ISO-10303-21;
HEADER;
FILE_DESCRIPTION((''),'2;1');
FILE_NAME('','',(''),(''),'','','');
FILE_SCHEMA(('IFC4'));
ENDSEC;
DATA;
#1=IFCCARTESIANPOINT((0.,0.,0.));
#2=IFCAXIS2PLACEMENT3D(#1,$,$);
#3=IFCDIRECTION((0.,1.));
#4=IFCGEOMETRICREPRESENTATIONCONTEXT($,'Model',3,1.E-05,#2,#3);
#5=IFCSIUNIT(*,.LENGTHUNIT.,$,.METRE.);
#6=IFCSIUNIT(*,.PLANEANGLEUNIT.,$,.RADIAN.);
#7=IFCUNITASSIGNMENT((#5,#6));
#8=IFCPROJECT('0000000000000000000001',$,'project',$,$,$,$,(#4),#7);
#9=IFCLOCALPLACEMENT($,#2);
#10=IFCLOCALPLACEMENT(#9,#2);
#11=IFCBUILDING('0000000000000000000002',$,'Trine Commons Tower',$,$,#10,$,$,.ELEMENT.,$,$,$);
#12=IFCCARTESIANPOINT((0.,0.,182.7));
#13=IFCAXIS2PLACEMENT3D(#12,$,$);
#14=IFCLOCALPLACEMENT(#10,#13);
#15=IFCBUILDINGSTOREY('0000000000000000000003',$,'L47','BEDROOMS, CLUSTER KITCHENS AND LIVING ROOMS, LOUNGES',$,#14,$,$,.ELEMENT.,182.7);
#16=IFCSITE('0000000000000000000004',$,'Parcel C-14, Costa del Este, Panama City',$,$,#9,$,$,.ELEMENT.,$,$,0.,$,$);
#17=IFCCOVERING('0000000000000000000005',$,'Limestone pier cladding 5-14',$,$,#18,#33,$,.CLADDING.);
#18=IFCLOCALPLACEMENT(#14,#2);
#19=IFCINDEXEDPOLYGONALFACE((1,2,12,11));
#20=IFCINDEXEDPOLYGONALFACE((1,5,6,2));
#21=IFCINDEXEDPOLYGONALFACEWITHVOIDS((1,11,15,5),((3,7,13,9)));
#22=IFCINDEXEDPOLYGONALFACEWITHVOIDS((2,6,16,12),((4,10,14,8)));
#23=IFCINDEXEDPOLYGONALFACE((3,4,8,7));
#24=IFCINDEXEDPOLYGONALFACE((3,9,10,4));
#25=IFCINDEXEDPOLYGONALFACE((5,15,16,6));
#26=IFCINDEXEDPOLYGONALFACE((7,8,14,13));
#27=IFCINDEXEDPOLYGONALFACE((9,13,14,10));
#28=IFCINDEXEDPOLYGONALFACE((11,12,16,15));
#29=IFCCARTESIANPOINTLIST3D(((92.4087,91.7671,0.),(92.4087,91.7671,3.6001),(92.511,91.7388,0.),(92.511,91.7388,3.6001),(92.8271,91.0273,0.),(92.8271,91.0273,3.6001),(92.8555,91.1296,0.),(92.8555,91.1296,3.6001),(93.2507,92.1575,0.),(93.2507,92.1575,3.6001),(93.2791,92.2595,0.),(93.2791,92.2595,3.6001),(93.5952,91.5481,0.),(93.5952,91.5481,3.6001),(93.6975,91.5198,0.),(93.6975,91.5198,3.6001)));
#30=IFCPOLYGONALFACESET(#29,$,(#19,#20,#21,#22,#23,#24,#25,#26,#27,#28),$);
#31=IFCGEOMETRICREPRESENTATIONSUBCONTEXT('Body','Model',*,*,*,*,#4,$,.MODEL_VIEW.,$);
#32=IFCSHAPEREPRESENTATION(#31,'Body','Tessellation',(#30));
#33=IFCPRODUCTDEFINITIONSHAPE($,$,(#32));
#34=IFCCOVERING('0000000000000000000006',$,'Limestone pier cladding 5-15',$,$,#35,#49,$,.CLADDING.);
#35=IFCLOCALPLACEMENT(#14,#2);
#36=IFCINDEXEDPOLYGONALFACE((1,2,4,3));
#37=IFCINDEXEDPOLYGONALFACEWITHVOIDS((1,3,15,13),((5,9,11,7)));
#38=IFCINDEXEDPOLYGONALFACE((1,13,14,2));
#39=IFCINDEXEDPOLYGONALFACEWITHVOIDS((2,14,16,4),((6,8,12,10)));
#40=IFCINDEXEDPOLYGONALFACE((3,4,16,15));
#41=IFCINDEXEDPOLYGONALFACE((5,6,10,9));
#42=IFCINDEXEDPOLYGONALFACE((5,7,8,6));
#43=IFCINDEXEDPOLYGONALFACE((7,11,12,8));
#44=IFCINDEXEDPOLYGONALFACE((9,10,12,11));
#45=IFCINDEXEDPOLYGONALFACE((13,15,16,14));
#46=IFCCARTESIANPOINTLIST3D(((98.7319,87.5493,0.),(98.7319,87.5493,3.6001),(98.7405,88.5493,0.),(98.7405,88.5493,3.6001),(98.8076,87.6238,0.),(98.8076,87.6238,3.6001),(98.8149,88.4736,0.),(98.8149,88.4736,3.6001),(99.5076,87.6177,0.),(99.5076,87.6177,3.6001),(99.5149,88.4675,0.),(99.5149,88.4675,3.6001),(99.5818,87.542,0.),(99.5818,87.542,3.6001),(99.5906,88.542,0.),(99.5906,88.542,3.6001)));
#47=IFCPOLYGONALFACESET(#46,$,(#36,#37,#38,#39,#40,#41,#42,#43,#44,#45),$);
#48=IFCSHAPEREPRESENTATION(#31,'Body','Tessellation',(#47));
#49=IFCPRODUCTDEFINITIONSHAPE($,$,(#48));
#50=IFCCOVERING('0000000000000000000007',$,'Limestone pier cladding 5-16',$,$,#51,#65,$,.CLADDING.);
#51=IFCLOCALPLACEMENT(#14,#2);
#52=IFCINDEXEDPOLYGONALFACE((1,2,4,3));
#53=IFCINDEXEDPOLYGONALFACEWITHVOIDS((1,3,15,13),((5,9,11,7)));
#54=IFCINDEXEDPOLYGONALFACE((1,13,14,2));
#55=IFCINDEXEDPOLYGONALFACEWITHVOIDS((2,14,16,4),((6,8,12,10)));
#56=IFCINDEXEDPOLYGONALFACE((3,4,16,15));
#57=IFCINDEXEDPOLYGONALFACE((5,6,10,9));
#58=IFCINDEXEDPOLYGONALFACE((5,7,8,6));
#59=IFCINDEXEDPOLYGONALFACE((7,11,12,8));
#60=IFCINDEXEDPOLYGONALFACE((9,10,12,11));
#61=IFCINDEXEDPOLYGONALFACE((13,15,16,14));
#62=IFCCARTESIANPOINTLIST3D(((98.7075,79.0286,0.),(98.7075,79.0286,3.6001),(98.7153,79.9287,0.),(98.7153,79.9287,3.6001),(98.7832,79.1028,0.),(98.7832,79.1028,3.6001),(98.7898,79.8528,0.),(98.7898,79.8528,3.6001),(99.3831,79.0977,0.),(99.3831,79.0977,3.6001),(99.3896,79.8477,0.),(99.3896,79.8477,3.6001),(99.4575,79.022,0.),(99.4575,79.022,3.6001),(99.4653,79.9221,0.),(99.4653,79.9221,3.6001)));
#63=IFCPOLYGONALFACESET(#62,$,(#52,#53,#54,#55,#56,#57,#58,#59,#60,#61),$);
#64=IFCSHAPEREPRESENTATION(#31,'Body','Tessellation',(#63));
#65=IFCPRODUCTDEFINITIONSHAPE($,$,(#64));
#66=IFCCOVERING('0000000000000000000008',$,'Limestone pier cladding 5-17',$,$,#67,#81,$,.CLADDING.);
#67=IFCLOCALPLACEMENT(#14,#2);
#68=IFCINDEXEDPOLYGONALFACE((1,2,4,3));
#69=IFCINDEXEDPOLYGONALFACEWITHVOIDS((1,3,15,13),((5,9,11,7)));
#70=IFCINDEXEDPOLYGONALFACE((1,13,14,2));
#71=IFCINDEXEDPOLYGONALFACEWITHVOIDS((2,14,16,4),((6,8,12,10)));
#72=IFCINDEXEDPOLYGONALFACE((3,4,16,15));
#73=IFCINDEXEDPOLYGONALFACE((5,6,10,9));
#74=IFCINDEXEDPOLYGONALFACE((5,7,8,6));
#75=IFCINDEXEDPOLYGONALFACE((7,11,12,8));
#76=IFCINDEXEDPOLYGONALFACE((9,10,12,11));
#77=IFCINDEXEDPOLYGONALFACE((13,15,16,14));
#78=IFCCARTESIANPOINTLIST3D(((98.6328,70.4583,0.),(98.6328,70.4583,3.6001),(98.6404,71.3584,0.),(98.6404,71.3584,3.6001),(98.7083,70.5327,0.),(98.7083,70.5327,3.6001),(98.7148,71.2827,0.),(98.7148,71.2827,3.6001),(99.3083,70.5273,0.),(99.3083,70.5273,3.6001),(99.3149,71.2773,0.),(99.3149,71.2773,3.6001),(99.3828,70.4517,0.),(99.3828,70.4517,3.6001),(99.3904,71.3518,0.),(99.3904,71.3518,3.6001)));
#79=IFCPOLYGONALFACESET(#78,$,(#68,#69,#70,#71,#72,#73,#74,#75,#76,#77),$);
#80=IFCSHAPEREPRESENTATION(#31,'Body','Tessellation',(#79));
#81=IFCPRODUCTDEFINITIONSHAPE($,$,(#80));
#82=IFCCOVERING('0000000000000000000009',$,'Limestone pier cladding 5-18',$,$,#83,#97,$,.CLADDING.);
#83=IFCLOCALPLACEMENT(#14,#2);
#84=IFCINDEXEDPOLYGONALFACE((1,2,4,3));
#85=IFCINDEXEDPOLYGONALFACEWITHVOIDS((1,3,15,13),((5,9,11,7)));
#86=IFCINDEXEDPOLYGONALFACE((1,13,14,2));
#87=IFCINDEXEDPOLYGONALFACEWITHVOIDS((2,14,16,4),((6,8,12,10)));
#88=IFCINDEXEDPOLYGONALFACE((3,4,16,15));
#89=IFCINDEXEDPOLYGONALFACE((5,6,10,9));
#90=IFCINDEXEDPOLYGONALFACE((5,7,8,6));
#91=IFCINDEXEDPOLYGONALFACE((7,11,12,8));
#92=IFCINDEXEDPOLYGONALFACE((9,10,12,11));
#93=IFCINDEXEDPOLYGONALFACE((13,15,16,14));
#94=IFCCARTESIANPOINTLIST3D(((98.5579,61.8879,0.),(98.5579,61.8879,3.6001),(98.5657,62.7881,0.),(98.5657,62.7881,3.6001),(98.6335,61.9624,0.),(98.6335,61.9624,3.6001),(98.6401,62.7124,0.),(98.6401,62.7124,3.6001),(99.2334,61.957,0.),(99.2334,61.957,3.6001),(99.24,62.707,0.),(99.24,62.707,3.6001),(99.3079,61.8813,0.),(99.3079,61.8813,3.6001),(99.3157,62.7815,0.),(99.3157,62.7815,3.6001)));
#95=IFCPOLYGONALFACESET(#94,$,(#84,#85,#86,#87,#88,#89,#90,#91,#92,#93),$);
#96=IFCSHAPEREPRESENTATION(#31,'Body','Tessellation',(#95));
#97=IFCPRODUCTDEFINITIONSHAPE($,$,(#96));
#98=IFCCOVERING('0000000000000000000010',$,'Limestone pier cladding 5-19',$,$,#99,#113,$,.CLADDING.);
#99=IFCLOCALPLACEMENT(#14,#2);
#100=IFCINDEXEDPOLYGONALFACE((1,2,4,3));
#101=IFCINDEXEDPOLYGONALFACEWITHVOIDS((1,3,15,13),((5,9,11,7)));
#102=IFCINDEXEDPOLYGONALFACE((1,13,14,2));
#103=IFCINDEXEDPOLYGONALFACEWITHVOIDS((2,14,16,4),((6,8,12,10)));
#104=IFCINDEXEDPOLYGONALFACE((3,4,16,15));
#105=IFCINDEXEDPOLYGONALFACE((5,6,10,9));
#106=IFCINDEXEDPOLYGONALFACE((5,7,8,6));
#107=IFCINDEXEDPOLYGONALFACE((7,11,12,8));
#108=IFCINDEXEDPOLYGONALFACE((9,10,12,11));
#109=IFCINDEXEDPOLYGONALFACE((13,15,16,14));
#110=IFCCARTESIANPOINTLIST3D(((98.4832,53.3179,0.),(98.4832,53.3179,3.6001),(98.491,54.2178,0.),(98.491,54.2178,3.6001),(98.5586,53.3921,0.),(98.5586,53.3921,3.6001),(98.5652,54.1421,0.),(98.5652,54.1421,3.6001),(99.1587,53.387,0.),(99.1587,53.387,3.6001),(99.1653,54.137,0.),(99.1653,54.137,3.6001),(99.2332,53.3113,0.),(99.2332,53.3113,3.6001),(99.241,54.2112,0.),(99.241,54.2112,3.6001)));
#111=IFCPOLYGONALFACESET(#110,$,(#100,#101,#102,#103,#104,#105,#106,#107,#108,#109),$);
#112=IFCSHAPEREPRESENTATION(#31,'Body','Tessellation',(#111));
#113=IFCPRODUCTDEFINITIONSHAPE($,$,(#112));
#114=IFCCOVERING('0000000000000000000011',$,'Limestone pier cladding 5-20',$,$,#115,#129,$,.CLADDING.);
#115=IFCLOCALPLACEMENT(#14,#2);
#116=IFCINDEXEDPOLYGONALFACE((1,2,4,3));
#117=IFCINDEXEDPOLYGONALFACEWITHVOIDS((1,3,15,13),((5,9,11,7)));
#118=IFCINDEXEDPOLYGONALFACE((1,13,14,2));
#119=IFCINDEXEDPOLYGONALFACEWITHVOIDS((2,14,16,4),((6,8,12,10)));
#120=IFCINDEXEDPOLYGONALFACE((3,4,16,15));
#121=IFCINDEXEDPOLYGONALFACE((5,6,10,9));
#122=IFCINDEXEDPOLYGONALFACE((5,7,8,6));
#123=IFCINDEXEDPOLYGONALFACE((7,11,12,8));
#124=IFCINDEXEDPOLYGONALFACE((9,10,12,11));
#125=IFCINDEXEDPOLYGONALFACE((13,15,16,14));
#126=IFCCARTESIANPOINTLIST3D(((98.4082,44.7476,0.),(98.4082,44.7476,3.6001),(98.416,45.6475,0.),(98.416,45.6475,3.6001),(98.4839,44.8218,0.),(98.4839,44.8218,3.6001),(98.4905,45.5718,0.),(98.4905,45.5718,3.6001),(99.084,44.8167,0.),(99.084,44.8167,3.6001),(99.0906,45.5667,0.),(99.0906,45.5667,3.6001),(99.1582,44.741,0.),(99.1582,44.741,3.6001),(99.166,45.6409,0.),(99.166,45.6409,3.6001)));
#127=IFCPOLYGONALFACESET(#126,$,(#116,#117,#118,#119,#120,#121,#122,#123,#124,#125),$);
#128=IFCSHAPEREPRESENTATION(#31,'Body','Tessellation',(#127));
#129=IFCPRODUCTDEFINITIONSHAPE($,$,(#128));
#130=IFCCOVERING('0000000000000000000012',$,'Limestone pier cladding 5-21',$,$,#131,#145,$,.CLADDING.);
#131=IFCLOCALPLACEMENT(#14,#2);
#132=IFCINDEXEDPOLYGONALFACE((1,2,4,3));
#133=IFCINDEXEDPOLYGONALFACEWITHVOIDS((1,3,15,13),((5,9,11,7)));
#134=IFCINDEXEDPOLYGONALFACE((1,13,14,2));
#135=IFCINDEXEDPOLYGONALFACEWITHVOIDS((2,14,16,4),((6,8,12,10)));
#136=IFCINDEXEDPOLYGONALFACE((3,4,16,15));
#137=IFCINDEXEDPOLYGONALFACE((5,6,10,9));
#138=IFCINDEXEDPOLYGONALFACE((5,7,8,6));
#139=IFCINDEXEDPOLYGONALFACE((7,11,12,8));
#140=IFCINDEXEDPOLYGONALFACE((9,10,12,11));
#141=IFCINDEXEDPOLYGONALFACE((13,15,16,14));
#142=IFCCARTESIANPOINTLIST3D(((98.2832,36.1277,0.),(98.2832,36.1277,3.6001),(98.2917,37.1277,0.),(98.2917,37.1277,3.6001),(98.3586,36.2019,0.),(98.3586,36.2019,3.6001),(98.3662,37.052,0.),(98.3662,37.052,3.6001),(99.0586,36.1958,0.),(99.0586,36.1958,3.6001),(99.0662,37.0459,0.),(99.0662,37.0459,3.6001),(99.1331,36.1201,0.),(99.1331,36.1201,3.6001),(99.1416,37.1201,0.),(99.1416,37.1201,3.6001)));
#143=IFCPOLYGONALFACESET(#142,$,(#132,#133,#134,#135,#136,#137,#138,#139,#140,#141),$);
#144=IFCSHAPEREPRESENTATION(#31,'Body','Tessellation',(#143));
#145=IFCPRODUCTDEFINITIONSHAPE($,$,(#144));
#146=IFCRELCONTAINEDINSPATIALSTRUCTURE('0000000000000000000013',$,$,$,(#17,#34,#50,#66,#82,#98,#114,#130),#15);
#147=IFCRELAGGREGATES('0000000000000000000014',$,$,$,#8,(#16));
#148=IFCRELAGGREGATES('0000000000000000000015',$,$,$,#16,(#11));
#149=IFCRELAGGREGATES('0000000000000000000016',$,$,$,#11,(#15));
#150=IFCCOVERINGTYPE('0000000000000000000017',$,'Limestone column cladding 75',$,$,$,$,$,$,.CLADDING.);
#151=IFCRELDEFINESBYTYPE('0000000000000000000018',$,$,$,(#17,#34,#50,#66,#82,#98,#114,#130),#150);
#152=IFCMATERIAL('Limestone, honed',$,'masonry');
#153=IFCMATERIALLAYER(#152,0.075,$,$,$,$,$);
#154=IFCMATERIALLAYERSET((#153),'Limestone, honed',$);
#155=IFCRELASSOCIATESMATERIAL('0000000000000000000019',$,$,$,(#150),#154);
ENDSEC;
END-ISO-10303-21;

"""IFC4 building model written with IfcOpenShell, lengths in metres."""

from ifc_helpers import new_model, si_unit, direction, frame, origin, place, context, subcontext, project, spatial, polyline, outline, extrude, material, layer, layer_set, type_object, element, save


model = new_model("IFC4")

# Units and contexts
model_context = context("Model", 3, precision=1e-05, world=origin(), true_north=direction((0.0, 1.0)))
body_context = subcontext(model_context, "Body", "Model", "MODEL_VIEW")
ifc_project = project(units=[si_unit("LENGTHUNIT", "METRE"), si_unit("PLANEANGLEUNIT", "RADIAN")], contexts=[model_context])

# Site, building, storey
site_placement = place(None, origin())
site = spatial("IfcSite", under=ifc_project, at=site_placement, Name="Parcel C-14, Costa del Este, Panama City", CompositionType="ELEMENT", RefElevation=0.0)
building_placement = place(site_placement, origin())
building = spatial("IfcBuilding", under=site, at=building_placement, Name="Trine Commons Tower", CompositionType="ELEMENT")
storey_placement = place(building_placement, frame((0.0, 0.0, 182.7)))
storey = spatial("IfcBuildingStorey", under=building, at=storey_placement, Name="L47", Description="BEDROOMS, CLUSTER KITCHENS AND LIVING ROOMS, LOUNGES", CompositionType="ELEMENT", Elevation=182.7)

# Coverings
ifc_material_1 = material(Name="Limestone, honed", Category="masonry")
ifc_layer_1 = layer(ifc_material_1, 0.075)
ifc_layer_set_1 = layer_set([ifc_layer_1], Name="Limestone, honed")
covering_type_1 = type_object("IfcCoveringType", Name="Limestone column cladding 75", PredefinedType="CLADDING", material=ifc_layer_set_1)
covering_1_placement = place(storey_placement, origin())
element("IfcCovering", 1, at=covering_1_placement, inside=storey, type_object=covering_type_1, Name="Limestone pier cladding 5-14", PredefinedType="CLADDING", context=body_context, shape_type="SweptSolid", body=[
    extrude(outline(polyline([(93.6975, 91.5198), (93.2791, 92.2595), (92.4087, 91.7671), (92.8271, 91.0273), (93.6975, 91.5198)]), holes=[polyline([(93.5952, 91.5481), (93.2507, 92.1575), (92.511, 91.7388), (92.8555, 91.1296), (93.5952, 91.5481)])]), origin(), (0.0, 0.0, 1.0), 3.6001),
])
covering_2_placement = place(storey_placement, origin())
element("IfcCovering", 2, at=covering_2_placement, inside=storey, type_object=covering_type_1, Name="Limestone pier cladding 5-15", PredefinedType="CLADDING", context=body_context, shape_type="SweptSolid", body=[
    extrude(outline(polyline([(99.5906, 88.542), (98.7405, 88.5493), (98.7319, 87.5493), (99.5818, 87.542), (99.5906, 88.542)]), holes=[polyline([(99.5149, 88.4675), (98.8149, 88.4736), (98.8076, 87.6238), (99.5076, 87.6177), (99.5149, 88.4675)])]), origin(), (0.0, 0.0, 1.0), 3.6001),
])
covering_3_placement = place(storey_placement, origin())
element("IfcCovering", 3, at=covering_3_placement, inside=storey, type_object=covering_type_1, Name="Limestone pier cladding 5-16", PredefinedType="CLADDING", context=body_context, shape_type="SweptSolid", body=[
    extrude(outline(polyline([(99.4653, 79.9221), (98.7153, 79.9287), (98.7075, 79.0286), (99.4575, 79.022), (99.4653, 79.9221)]), holes=[polyline([(99.3896, 79.8477), (98.7898, 79.8528), (98.7832, 79.1028), (99.3831, 79.0977), (99.3896, 79.8477)])]), origin(), (0.0, 0.0, 1.0), 3.6001),
])
covering_4_placement = place(storey_placement, origin())
element("IfcCovering", 4, at=covering_4_placement, inside=storey, type_object=covering_type_1, Name="Limestone pier cladding 5-17", PredefinedType="CLADDING", context=body_context, shape_type="SweptSolid", body=[
    extrude(outline(polyline([(99.3904, 71.3518), (98.6404, 71.3584), (98.6328, 70.4583), (99.3828, 70.4517), (99.3904, 71.3518)]), holes=[polyline([(99.3149, 71.2773), (98.7148, 71.2827), (98.7083, 70.5327), (99.3083, 70.5273), (99.3149, 71.2773)])]), origin(), (0.0, 0.0, 1.0), 3.6001),
])
covering_5_placement = place(storey_placement, origin())
element("IfcCovering", 5, at=covering_5_placement, inside=storey, type_object=covering_type_1, Name="Limestone pier cladding 5-18", PredefinedType="CLADDING", context=body_context, shape_type="SweptSolid", body=[
    extrude(outline(polyline([(99.3157, 62.7815), (98.5657, 62.7881), (98.5579, 61.8879), (99.3079, 61.8813), (99.3157, 62.7815)]), holes=[polyline([(99.24, 62.707), (98.6401, 62.7124), (98.6335, 61.9624), (99.2334, 61.957), (99.24, 62.707)])]), origin(), (0.0, 0.0, 1.0), 3.6001),
])
covering_6_placement = place(storey_placement, origin())
element("IfcCovering", 6, at=covering_6_placement, inside=storey, type_object=covering_type_1, Name="Limestone pier cladding 5-19", PredefinedType="CLADDING", context=body_context, shape_type="SweptSolid", body=[
    extrude(outline(polyline([(99.241, 54.2112), (98.491, 54.2178), (98.4832, 53.3179), (99.2332, 53.3113), (99.241, 54.2112)]), holes=[polyline([(99.1653, 54.137), (98.5652, 54.1421), (98.5586, 53.3921), (99.1587, 53.387), (99.1653, 54.137)])]), origin(), (0.0, 0.0, 1.0), 3.6001),
])
covering_7_placement = place(storey_placement, origin())
element("IfcCovering", 7, at=covering_7_placement, inside=storey, type_object=covering_type_1, Name="Limestone pier cladding 5-20", PredefinedType="CLADDING", context=body_context, shape_type="SweptSolid", body=[
    extrude(outline(polyline([(99.166, 45.6409), (98.416, 45.6475), (98.4082, 44.7476), (99.1582, 44.741), (99.166, 45.6409)]), holes=[polyline([(99.0906, 45.5667), (98.4905, 45.5718), (98.4839, 44.8218), (99.084, 44.8167), (99.0906, 45.5667)])]), origin(), (0.0, 0.0, 1.0), 3.6001),
])
covering_8_placement = place(storey_placement, origin())
element("IfcCovering", 8, at=covering_8_placement, inside=storey, type_object=covering_type_1, Name="Limestone pier cladding 5-21", PredefinedType="CLADDING", context=body_context, shape_type="SweptSolid", body=[
    extrude(outline(polyline([(99.1416, 37.1201), (98.2917, 37.1277), (98.2832, 36.1277), (99.1331, 36.1201), (99.1416, 37.1201)]), holes=[polyline([(99.0662, 37.0459), (98.3662, 37.052), (98.3586, 36.2019), (99.0586, 36.1958), (99.0662, 37.0459)])]), origin(), (0.0, 0.0, 1.0), 3.6001),
])

save(model, "model.ifc")
